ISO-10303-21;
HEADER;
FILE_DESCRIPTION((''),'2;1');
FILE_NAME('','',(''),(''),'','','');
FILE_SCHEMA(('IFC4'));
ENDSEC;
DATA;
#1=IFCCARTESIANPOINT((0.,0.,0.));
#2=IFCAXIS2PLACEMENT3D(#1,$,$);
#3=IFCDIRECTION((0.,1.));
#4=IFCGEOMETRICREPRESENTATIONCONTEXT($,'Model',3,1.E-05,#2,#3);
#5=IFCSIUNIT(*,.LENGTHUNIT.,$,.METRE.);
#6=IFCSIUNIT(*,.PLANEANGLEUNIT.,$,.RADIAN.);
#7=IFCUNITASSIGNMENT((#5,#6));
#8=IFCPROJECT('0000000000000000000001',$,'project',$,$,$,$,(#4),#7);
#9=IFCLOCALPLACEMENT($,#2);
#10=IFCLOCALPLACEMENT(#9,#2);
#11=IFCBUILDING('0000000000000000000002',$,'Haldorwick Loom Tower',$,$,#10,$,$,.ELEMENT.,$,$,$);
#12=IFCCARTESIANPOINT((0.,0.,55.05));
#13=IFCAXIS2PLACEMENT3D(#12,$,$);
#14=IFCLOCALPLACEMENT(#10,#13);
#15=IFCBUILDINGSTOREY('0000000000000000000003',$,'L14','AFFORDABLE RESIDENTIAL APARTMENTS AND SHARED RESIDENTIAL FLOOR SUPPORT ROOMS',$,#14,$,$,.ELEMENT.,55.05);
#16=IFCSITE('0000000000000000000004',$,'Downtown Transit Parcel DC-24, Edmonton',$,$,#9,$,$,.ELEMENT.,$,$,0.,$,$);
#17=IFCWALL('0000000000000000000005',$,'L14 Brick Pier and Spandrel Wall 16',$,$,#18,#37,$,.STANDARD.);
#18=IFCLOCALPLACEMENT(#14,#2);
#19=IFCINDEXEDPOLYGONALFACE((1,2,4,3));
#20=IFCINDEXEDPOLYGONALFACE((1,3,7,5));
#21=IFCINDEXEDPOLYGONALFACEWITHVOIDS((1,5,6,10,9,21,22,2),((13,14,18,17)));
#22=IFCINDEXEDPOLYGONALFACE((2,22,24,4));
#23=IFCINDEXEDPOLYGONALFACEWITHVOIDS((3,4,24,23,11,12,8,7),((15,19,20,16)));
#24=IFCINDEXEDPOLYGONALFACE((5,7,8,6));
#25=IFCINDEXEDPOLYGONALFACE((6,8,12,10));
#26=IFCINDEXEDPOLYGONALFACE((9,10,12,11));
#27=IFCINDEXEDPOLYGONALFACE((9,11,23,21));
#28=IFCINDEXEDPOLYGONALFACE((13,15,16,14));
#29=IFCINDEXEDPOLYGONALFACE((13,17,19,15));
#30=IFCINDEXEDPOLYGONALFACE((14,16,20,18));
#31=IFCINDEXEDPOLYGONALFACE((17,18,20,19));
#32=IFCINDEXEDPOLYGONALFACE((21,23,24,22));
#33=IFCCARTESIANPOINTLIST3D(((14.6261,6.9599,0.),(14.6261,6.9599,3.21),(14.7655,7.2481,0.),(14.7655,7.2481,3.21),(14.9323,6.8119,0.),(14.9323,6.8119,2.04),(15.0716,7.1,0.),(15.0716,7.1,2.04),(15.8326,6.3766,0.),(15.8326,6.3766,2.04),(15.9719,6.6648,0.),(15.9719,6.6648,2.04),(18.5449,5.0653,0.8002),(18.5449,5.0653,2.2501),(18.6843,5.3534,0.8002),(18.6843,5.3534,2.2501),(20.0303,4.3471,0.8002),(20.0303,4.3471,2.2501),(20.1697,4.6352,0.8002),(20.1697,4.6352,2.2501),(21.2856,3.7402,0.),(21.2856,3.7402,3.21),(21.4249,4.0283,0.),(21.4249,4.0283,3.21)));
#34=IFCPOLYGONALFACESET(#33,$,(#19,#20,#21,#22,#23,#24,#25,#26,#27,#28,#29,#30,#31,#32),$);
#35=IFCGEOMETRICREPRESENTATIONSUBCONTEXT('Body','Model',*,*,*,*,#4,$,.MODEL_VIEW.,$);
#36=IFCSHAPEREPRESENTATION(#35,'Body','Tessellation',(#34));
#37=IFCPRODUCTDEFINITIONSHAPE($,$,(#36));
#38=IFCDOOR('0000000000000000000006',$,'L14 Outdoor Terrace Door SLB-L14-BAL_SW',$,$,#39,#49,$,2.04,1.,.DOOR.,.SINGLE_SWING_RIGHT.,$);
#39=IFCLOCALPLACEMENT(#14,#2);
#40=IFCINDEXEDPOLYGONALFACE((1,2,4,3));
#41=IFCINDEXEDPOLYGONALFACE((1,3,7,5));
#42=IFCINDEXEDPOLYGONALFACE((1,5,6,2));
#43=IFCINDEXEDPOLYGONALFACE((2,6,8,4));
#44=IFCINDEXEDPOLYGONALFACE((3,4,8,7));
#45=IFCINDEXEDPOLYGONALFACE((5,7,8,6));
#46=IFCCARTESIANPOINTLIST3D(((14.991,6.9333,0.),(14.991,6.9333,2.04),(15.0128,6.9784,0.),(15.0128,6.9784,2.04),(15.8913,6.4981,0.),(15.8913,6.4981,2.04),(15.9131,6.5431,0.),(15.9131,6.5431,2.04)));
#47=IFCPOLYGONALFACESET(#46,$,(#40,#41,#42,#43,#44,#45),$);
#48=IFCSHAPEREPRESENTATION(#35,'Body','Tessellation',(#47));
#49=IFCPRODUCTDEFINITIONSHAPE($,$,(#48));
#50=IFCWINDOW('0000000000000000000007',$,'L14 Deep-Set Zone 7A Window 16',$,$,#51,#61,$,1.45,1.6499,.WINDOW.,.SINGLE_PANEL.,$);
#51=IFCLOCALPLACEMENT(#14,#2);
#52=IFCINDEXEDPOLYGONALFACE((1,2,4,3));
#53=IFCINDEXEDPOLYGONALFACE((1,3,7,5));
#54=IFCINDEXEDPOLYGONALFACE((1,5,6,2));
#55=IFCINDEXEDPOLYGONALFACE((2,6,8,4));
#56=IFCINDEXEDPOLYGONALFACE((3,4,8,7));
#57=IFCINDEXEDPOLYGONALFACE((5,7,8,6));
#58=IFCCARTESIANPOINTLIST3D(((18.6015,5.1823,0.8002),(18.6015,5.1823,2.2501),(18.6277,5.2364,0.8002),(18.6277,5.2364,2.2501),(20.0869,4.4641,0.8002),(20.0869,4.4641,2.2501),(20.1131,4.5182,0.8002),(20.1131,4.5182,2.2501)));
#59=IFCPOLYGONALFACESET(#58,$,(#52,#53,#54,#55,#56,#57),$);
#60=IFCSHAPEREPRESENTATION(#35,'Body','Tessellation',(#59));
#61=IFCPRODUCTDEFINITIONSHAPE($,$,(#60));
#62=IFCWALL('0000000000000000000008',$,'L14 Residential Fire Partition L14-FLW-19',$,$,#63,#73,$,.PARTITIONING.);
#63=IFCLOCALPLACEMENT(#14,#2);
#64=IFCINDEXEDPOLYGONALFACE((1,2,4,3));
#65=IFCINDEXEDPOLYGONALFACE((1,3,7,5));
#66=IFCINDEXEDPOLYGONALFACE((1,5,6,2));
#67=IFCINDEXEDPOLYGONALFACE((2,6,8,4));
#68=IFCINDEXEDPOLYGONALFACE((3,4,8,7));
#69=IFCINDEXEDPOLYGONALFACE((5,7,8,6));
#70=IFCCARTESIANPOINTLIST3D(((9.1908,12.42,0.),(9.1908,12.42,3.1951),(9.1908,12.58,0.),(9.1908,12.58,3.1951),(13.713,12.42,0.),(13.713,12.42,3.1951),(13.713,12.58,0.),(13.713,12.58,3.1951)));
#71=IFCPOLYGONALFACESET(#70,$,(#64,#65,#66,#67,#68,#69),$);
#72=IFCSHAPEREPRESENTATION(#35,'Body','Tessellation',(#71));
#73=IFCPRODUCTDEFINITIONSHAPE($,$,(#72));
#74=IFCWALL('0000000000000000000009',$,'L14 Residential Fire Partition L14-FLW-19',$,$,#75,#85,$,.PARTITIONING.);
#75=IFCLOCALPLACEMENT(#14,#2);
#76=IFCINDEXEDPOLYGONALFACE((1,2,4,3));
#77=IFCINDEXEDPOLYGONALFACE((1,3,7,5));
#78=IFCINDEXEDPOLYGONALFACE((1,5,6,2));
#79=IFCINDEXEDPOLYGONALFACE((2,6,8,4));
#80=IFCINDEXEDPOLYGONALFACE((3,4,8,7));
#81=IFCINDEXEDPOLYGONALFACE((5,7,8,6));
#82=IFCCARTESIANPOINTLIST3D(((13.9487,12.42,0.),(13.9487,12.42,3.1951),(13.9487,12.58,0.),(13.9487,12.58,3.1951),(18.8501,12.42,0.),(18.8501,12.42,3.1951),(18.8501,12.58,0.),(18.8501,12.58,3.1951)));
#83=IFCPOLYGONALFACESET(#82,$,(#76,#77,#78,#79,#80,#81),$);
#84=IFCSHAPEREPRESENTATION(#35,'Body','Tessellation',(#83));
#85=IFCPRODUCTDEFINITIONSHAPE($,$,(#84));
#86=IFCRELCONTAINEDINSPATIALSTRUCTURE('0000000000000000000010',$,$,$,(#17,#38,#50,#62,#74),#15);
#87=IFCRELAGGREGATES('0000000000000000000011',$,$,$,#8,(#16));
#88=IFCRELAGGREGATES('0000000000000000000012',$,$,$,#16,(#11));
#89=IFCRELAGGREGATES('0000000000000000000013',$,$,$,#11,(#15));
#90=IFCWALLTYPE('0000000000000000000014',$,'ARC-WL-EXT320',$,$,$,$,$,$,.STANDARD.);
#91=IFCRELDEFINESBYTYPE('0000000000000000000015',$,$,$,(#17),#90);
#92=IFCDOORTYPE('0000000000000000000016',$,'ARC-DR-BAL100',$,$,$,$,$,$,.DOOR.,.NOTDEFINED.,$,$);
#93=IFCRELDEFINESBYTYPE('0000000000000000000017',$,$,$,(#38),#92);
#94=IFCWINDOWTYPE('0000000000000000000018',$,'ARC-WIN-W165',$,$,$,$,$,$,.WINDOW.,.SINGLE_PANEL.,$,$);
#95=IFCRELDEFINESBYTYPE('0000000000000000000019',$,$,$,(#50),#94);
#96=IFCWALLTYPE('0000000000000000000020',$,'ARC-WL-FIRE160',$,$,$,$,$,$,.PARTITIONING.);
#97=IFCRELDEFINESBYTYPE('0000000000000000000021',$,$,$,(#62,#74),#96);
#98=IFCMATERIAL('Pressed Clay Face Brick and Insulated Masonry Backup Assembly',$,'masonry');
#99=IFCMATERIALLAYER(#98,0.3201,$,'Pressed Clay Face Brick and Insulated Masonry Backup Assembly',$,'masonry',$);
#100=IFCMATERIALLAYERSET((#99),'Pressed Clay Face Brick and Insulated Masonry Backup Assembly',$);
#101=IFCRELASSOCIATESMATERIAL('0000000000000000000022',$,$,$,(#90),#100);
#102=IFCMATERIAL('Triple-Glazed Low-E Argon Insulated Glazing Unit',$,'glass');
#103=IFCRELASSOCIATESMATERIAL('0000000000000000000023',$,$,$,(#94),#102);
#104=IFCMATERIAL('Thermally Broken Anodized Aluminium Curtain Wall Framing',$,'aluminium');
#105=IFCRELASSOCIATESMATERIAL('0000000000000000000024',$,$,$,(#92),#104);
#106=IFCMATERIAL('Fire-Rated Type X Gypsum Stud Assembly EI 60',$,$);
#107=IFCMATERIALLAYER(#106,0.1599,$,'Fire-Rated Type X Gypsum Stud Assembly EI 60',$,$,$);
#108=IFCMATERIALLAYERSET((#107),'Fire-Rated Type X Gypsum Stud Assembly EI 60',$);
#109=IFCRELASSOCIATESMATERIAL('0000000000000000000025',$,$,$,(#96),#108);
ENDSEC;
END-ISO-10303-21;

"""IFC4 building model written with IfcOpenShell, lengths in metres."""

from ifc_helpers import new_model, si_unit, direction, frame, frame_2d, origin, place, context, subcontext, project, spatial, rectangle, extrude, material, layer, layer_set, type_object, element, fill, save


model = new_model("IFC4")

# Units and contexts
model_context = context("Model", 3, precision=1e-05, world=origin(), true_north=direction((0.0, 1.0)))
body_context = subcontext(model_context, "Body", "Model", "MODEL_VIEW")
ifc_project = project(units=[si_unit("LENGTHUNIT", "METRE"), si_unit("PLANEANGLEUNIT", "RADIAN")], contexts=[model_context])

# Site, building, storey
site_placement = place(None, origin())
site = spatial("IfcSite", under=ifc_project, at=site_placement, Name="Downtown Transit Parcel DC-24, Edmonton", CompositionType="ELEMENT", RefElevation=0.0)
building_placement = place(site_placement, origin())
building = spatial("IfcBuilding", under=site, at=building_placement, Name="Haldorwick Loom Tower", CompositionType="ELEMENT")
storey_placement = place(building_placement, frame((0.0, 0.0, 55.05)))
storey = spatial("IfcBuildingStorey", under=building, at=storey_placement, Name="L14", Description="AFFORDABLE RESIDENTIAL APARTMENTS AND SHARED RESIDENTIAL FLOOR SUPPORT ROOMS", CompositionType="ELEMENT", Elevation=55.05)

# Shared definitions
ifc_material_1 = material(Name="Pressed Clay Face Brick and Insulated Masonry Backup Assembly", Category="masonry")
ifc_layer_1 = layer(ifc_material_1, 0.3201, Name="Pressed Clay Face Brick and Insulated Masonry Backup Assembly", Category="masonry")
ifc_layer_set_1 = layer_set([ifc_layer_1], Name="Pressed Clay Face Brick and Insulated Masonry Backup Assembly")
wall_type_1 = type_object("IfcWallType", Name="ARC-WL-EXT320", PredefinedType="STANDARD", material=ifc_layer_set_1)

# Shared definitions
ifc_material_2 = material(Name="Triple-Glazed Low-E Argon Insulated Glazing Unit", Category="glass")
window_type = type_object("IfcWindowType", Name="ARC-WIN-W165", PartitioningType="SINGLE_PANEL", PredefinedType="WINDOW", material=ifc_material_2)

# Wall, openings, door, window
wall_1_placement = place(storey_placement, frame((14.6958, 7.104, 0.0), z_axis=(0.0, 0.0, 1.0), x_axis=(0.900296, -0.435279, 0.0)))
wall_1 = element("IfcWall", 1, at=wall_1_placement, inside=storey, type_object=wall_type_1, Name="L14 Brick Pier and Spandrel Wall 16", PredefinedType="STANDARD", context=body_context, shape_type="SweptSolid", body=[
    extrude(rectangle(XDim=7.397, YDim=0.3201, at=frame_2d((3.6985, 0.0))), origin(), (0.0, 0.0, 1.0), 3.21),
])
opening_1_placement = place(wall_1_placement, frame((0.3401, 0.0, 0.0)))
opening_1 = element("IfcOpeningElement", 2, at=opening_1_placement, cuts=wall_1, PredefinedType="OPENING", context=body_context, shape_type="SweptSolid", body=[
    extrude(rectangle(XDim=1.0, YDim=2.04, at=frame_2d((0.5, 1.02))), frame((0.0, 0.1699, 0.0), z_axis=(0.0, -1.0, 0.0), x_axis=(1.0, 0.0, 0.0)), (0.0, 0.0, 1.0), 0.3401),
])
opening_2_placement = place(wall_1_placement, frame((4.3528, 0.0, 0.8)))
opening_2 = element("IfcOpeningElement", 3, at=opening_2_placement, cuts=wall_1, PredefinedType="OPENING", context=body_context, shape_type="SweptSolid", body=[
    extrude(rectangle(XDim=1.6499, YDim=1.45, at=frame_2d((0.825, 0.7251))), frame((0.0, 0.1699, 0.0), z_axis=(0.0, -1.0, 0.0), x_axis=(1.0, 0.0, 0.0)), (0.0, 0.0, 1.0), 0.3401),
])
ifc_material_3 = material(Name="Thermally Broken Anodized Aluminium Curtain Wall Framing", Category="aluminium")
door_type = type_object("IfcDoorType", Name="ARC-DR-BAL100", OperationType="NOTDEFINED", PredefinedType="DOOR", material=ifc_material_3)
door_placement = place(opening_1_placement, origin())
door = element("IfcDoor", 4, at=door_placement, inside=storey, type_object=door_type, Name="L14 Outdoor Terrace Door SLB-L14-BAL_SW", OperationType="SINGLE_SWING_RIGHT", OverallHeight=2.04, OverallWidth=1.0, PredefinedType="DOOR", context=body_context, shape_type="SweptSolid", body=[
    extrude(rectangle(XDim=1.0, YDim=2.04, at=frame_2d((0.5, 1.02))), frame((0.0, 0.0249, 0.0), z_axis=(0.0, -1.0, 0.0), x_axis=(1.0, 0.0, 0.0)), (0.0, 0.0, 1.0), 0.05),
])
fill(opening_1, door)
window_1_placement = place(opening_2_placement, origin())
window_1 = element("IfcWindow", 5, at=window_1_placement, inside=storey, type_object=window_type, Name="L14 Deep-Set Zone 7A Window 16", OverallHeight=1.45, OverallWidth=1.6499, PartitioningType="SINGLE_PANEL", PredefinedType="WINDOW", context=body_context, shape_type="SweptSolid", body=[
    extrude(rectangle(XDim=1.6499, YDim=1.45, at=frame_2d((0.825, 0.7251))), frame((0.0, 0.03, 0.0), z_axis=(0.0, -1.0, 0.0), x_axis=(1.0, 0.0, 0.0)), (0.0, 0.0, 1.0), 0.0601),
])
fill(opening_2, window_1)

# Walls
ifc_material_4 = material(Name="Fire-Rated Type X Gypsum Stud Assembly EI 60")
ifc_layer_2 = layer(ifc_material_4, 0.1599, Name="Fire-Rated Type X Gypsum Stud Assembly EI 60")
ifc_layer_set_2 = layer_set([ifc_layer_2], Name="Fire-Rated Type X Gypsum Stud Assembly EI 60")
wall_type_2 = type_object("IfcWallType", Name="ARC-WL-FIRE160", PredefinedType="PARTITIONING", material=ifc_layer_set_2)
wall_2_placement = place(storey_placement, frame((9.1907, 12.5, 0.0), z_axis=(0.0, 0.0, 1.0), x_axis=(1.0, 0.0, 0.0)))
element("IfcWall", 6, at=wall_2_placement, inside=storey, type_object=wall_type_2, Name="L14 Residential Fire Partition L14-FLW-19", PredefinedType="PARTITIONING", context=body_context, shape_type="SweptSolid", body=[
    extrude(rectangle(XDim=4.5222, YDim=0.1599, at=frame_2d((2.2612, 0.0))), origin(), (0.0, 0.0, 1.0), 3.1951),
])
wall_3_placement = place(storey_placement, frame((13.9487, 12.5, 0.0), z_axis=(0.0, 0.0, 1.0), x_axis=(1.0, 0.0, 0.0)))
element("IfcWall", 7, at=wall_3_placement, inside=storey, type_object=wall_type_2, Name="L14 Residential Fire Partition L14-FLW-19", PredefinedType="PARTITIONING", context=body_context, shape_type="SweptSolid", body=[
    extrude(rectangle(XDim=4.9014, YDim=0.1599, at=frame_2d((2.4507, 0.0))), origin(), (0.0, 0.0, 1.0), 3.1951),
])

save(model, "model.ifc")
